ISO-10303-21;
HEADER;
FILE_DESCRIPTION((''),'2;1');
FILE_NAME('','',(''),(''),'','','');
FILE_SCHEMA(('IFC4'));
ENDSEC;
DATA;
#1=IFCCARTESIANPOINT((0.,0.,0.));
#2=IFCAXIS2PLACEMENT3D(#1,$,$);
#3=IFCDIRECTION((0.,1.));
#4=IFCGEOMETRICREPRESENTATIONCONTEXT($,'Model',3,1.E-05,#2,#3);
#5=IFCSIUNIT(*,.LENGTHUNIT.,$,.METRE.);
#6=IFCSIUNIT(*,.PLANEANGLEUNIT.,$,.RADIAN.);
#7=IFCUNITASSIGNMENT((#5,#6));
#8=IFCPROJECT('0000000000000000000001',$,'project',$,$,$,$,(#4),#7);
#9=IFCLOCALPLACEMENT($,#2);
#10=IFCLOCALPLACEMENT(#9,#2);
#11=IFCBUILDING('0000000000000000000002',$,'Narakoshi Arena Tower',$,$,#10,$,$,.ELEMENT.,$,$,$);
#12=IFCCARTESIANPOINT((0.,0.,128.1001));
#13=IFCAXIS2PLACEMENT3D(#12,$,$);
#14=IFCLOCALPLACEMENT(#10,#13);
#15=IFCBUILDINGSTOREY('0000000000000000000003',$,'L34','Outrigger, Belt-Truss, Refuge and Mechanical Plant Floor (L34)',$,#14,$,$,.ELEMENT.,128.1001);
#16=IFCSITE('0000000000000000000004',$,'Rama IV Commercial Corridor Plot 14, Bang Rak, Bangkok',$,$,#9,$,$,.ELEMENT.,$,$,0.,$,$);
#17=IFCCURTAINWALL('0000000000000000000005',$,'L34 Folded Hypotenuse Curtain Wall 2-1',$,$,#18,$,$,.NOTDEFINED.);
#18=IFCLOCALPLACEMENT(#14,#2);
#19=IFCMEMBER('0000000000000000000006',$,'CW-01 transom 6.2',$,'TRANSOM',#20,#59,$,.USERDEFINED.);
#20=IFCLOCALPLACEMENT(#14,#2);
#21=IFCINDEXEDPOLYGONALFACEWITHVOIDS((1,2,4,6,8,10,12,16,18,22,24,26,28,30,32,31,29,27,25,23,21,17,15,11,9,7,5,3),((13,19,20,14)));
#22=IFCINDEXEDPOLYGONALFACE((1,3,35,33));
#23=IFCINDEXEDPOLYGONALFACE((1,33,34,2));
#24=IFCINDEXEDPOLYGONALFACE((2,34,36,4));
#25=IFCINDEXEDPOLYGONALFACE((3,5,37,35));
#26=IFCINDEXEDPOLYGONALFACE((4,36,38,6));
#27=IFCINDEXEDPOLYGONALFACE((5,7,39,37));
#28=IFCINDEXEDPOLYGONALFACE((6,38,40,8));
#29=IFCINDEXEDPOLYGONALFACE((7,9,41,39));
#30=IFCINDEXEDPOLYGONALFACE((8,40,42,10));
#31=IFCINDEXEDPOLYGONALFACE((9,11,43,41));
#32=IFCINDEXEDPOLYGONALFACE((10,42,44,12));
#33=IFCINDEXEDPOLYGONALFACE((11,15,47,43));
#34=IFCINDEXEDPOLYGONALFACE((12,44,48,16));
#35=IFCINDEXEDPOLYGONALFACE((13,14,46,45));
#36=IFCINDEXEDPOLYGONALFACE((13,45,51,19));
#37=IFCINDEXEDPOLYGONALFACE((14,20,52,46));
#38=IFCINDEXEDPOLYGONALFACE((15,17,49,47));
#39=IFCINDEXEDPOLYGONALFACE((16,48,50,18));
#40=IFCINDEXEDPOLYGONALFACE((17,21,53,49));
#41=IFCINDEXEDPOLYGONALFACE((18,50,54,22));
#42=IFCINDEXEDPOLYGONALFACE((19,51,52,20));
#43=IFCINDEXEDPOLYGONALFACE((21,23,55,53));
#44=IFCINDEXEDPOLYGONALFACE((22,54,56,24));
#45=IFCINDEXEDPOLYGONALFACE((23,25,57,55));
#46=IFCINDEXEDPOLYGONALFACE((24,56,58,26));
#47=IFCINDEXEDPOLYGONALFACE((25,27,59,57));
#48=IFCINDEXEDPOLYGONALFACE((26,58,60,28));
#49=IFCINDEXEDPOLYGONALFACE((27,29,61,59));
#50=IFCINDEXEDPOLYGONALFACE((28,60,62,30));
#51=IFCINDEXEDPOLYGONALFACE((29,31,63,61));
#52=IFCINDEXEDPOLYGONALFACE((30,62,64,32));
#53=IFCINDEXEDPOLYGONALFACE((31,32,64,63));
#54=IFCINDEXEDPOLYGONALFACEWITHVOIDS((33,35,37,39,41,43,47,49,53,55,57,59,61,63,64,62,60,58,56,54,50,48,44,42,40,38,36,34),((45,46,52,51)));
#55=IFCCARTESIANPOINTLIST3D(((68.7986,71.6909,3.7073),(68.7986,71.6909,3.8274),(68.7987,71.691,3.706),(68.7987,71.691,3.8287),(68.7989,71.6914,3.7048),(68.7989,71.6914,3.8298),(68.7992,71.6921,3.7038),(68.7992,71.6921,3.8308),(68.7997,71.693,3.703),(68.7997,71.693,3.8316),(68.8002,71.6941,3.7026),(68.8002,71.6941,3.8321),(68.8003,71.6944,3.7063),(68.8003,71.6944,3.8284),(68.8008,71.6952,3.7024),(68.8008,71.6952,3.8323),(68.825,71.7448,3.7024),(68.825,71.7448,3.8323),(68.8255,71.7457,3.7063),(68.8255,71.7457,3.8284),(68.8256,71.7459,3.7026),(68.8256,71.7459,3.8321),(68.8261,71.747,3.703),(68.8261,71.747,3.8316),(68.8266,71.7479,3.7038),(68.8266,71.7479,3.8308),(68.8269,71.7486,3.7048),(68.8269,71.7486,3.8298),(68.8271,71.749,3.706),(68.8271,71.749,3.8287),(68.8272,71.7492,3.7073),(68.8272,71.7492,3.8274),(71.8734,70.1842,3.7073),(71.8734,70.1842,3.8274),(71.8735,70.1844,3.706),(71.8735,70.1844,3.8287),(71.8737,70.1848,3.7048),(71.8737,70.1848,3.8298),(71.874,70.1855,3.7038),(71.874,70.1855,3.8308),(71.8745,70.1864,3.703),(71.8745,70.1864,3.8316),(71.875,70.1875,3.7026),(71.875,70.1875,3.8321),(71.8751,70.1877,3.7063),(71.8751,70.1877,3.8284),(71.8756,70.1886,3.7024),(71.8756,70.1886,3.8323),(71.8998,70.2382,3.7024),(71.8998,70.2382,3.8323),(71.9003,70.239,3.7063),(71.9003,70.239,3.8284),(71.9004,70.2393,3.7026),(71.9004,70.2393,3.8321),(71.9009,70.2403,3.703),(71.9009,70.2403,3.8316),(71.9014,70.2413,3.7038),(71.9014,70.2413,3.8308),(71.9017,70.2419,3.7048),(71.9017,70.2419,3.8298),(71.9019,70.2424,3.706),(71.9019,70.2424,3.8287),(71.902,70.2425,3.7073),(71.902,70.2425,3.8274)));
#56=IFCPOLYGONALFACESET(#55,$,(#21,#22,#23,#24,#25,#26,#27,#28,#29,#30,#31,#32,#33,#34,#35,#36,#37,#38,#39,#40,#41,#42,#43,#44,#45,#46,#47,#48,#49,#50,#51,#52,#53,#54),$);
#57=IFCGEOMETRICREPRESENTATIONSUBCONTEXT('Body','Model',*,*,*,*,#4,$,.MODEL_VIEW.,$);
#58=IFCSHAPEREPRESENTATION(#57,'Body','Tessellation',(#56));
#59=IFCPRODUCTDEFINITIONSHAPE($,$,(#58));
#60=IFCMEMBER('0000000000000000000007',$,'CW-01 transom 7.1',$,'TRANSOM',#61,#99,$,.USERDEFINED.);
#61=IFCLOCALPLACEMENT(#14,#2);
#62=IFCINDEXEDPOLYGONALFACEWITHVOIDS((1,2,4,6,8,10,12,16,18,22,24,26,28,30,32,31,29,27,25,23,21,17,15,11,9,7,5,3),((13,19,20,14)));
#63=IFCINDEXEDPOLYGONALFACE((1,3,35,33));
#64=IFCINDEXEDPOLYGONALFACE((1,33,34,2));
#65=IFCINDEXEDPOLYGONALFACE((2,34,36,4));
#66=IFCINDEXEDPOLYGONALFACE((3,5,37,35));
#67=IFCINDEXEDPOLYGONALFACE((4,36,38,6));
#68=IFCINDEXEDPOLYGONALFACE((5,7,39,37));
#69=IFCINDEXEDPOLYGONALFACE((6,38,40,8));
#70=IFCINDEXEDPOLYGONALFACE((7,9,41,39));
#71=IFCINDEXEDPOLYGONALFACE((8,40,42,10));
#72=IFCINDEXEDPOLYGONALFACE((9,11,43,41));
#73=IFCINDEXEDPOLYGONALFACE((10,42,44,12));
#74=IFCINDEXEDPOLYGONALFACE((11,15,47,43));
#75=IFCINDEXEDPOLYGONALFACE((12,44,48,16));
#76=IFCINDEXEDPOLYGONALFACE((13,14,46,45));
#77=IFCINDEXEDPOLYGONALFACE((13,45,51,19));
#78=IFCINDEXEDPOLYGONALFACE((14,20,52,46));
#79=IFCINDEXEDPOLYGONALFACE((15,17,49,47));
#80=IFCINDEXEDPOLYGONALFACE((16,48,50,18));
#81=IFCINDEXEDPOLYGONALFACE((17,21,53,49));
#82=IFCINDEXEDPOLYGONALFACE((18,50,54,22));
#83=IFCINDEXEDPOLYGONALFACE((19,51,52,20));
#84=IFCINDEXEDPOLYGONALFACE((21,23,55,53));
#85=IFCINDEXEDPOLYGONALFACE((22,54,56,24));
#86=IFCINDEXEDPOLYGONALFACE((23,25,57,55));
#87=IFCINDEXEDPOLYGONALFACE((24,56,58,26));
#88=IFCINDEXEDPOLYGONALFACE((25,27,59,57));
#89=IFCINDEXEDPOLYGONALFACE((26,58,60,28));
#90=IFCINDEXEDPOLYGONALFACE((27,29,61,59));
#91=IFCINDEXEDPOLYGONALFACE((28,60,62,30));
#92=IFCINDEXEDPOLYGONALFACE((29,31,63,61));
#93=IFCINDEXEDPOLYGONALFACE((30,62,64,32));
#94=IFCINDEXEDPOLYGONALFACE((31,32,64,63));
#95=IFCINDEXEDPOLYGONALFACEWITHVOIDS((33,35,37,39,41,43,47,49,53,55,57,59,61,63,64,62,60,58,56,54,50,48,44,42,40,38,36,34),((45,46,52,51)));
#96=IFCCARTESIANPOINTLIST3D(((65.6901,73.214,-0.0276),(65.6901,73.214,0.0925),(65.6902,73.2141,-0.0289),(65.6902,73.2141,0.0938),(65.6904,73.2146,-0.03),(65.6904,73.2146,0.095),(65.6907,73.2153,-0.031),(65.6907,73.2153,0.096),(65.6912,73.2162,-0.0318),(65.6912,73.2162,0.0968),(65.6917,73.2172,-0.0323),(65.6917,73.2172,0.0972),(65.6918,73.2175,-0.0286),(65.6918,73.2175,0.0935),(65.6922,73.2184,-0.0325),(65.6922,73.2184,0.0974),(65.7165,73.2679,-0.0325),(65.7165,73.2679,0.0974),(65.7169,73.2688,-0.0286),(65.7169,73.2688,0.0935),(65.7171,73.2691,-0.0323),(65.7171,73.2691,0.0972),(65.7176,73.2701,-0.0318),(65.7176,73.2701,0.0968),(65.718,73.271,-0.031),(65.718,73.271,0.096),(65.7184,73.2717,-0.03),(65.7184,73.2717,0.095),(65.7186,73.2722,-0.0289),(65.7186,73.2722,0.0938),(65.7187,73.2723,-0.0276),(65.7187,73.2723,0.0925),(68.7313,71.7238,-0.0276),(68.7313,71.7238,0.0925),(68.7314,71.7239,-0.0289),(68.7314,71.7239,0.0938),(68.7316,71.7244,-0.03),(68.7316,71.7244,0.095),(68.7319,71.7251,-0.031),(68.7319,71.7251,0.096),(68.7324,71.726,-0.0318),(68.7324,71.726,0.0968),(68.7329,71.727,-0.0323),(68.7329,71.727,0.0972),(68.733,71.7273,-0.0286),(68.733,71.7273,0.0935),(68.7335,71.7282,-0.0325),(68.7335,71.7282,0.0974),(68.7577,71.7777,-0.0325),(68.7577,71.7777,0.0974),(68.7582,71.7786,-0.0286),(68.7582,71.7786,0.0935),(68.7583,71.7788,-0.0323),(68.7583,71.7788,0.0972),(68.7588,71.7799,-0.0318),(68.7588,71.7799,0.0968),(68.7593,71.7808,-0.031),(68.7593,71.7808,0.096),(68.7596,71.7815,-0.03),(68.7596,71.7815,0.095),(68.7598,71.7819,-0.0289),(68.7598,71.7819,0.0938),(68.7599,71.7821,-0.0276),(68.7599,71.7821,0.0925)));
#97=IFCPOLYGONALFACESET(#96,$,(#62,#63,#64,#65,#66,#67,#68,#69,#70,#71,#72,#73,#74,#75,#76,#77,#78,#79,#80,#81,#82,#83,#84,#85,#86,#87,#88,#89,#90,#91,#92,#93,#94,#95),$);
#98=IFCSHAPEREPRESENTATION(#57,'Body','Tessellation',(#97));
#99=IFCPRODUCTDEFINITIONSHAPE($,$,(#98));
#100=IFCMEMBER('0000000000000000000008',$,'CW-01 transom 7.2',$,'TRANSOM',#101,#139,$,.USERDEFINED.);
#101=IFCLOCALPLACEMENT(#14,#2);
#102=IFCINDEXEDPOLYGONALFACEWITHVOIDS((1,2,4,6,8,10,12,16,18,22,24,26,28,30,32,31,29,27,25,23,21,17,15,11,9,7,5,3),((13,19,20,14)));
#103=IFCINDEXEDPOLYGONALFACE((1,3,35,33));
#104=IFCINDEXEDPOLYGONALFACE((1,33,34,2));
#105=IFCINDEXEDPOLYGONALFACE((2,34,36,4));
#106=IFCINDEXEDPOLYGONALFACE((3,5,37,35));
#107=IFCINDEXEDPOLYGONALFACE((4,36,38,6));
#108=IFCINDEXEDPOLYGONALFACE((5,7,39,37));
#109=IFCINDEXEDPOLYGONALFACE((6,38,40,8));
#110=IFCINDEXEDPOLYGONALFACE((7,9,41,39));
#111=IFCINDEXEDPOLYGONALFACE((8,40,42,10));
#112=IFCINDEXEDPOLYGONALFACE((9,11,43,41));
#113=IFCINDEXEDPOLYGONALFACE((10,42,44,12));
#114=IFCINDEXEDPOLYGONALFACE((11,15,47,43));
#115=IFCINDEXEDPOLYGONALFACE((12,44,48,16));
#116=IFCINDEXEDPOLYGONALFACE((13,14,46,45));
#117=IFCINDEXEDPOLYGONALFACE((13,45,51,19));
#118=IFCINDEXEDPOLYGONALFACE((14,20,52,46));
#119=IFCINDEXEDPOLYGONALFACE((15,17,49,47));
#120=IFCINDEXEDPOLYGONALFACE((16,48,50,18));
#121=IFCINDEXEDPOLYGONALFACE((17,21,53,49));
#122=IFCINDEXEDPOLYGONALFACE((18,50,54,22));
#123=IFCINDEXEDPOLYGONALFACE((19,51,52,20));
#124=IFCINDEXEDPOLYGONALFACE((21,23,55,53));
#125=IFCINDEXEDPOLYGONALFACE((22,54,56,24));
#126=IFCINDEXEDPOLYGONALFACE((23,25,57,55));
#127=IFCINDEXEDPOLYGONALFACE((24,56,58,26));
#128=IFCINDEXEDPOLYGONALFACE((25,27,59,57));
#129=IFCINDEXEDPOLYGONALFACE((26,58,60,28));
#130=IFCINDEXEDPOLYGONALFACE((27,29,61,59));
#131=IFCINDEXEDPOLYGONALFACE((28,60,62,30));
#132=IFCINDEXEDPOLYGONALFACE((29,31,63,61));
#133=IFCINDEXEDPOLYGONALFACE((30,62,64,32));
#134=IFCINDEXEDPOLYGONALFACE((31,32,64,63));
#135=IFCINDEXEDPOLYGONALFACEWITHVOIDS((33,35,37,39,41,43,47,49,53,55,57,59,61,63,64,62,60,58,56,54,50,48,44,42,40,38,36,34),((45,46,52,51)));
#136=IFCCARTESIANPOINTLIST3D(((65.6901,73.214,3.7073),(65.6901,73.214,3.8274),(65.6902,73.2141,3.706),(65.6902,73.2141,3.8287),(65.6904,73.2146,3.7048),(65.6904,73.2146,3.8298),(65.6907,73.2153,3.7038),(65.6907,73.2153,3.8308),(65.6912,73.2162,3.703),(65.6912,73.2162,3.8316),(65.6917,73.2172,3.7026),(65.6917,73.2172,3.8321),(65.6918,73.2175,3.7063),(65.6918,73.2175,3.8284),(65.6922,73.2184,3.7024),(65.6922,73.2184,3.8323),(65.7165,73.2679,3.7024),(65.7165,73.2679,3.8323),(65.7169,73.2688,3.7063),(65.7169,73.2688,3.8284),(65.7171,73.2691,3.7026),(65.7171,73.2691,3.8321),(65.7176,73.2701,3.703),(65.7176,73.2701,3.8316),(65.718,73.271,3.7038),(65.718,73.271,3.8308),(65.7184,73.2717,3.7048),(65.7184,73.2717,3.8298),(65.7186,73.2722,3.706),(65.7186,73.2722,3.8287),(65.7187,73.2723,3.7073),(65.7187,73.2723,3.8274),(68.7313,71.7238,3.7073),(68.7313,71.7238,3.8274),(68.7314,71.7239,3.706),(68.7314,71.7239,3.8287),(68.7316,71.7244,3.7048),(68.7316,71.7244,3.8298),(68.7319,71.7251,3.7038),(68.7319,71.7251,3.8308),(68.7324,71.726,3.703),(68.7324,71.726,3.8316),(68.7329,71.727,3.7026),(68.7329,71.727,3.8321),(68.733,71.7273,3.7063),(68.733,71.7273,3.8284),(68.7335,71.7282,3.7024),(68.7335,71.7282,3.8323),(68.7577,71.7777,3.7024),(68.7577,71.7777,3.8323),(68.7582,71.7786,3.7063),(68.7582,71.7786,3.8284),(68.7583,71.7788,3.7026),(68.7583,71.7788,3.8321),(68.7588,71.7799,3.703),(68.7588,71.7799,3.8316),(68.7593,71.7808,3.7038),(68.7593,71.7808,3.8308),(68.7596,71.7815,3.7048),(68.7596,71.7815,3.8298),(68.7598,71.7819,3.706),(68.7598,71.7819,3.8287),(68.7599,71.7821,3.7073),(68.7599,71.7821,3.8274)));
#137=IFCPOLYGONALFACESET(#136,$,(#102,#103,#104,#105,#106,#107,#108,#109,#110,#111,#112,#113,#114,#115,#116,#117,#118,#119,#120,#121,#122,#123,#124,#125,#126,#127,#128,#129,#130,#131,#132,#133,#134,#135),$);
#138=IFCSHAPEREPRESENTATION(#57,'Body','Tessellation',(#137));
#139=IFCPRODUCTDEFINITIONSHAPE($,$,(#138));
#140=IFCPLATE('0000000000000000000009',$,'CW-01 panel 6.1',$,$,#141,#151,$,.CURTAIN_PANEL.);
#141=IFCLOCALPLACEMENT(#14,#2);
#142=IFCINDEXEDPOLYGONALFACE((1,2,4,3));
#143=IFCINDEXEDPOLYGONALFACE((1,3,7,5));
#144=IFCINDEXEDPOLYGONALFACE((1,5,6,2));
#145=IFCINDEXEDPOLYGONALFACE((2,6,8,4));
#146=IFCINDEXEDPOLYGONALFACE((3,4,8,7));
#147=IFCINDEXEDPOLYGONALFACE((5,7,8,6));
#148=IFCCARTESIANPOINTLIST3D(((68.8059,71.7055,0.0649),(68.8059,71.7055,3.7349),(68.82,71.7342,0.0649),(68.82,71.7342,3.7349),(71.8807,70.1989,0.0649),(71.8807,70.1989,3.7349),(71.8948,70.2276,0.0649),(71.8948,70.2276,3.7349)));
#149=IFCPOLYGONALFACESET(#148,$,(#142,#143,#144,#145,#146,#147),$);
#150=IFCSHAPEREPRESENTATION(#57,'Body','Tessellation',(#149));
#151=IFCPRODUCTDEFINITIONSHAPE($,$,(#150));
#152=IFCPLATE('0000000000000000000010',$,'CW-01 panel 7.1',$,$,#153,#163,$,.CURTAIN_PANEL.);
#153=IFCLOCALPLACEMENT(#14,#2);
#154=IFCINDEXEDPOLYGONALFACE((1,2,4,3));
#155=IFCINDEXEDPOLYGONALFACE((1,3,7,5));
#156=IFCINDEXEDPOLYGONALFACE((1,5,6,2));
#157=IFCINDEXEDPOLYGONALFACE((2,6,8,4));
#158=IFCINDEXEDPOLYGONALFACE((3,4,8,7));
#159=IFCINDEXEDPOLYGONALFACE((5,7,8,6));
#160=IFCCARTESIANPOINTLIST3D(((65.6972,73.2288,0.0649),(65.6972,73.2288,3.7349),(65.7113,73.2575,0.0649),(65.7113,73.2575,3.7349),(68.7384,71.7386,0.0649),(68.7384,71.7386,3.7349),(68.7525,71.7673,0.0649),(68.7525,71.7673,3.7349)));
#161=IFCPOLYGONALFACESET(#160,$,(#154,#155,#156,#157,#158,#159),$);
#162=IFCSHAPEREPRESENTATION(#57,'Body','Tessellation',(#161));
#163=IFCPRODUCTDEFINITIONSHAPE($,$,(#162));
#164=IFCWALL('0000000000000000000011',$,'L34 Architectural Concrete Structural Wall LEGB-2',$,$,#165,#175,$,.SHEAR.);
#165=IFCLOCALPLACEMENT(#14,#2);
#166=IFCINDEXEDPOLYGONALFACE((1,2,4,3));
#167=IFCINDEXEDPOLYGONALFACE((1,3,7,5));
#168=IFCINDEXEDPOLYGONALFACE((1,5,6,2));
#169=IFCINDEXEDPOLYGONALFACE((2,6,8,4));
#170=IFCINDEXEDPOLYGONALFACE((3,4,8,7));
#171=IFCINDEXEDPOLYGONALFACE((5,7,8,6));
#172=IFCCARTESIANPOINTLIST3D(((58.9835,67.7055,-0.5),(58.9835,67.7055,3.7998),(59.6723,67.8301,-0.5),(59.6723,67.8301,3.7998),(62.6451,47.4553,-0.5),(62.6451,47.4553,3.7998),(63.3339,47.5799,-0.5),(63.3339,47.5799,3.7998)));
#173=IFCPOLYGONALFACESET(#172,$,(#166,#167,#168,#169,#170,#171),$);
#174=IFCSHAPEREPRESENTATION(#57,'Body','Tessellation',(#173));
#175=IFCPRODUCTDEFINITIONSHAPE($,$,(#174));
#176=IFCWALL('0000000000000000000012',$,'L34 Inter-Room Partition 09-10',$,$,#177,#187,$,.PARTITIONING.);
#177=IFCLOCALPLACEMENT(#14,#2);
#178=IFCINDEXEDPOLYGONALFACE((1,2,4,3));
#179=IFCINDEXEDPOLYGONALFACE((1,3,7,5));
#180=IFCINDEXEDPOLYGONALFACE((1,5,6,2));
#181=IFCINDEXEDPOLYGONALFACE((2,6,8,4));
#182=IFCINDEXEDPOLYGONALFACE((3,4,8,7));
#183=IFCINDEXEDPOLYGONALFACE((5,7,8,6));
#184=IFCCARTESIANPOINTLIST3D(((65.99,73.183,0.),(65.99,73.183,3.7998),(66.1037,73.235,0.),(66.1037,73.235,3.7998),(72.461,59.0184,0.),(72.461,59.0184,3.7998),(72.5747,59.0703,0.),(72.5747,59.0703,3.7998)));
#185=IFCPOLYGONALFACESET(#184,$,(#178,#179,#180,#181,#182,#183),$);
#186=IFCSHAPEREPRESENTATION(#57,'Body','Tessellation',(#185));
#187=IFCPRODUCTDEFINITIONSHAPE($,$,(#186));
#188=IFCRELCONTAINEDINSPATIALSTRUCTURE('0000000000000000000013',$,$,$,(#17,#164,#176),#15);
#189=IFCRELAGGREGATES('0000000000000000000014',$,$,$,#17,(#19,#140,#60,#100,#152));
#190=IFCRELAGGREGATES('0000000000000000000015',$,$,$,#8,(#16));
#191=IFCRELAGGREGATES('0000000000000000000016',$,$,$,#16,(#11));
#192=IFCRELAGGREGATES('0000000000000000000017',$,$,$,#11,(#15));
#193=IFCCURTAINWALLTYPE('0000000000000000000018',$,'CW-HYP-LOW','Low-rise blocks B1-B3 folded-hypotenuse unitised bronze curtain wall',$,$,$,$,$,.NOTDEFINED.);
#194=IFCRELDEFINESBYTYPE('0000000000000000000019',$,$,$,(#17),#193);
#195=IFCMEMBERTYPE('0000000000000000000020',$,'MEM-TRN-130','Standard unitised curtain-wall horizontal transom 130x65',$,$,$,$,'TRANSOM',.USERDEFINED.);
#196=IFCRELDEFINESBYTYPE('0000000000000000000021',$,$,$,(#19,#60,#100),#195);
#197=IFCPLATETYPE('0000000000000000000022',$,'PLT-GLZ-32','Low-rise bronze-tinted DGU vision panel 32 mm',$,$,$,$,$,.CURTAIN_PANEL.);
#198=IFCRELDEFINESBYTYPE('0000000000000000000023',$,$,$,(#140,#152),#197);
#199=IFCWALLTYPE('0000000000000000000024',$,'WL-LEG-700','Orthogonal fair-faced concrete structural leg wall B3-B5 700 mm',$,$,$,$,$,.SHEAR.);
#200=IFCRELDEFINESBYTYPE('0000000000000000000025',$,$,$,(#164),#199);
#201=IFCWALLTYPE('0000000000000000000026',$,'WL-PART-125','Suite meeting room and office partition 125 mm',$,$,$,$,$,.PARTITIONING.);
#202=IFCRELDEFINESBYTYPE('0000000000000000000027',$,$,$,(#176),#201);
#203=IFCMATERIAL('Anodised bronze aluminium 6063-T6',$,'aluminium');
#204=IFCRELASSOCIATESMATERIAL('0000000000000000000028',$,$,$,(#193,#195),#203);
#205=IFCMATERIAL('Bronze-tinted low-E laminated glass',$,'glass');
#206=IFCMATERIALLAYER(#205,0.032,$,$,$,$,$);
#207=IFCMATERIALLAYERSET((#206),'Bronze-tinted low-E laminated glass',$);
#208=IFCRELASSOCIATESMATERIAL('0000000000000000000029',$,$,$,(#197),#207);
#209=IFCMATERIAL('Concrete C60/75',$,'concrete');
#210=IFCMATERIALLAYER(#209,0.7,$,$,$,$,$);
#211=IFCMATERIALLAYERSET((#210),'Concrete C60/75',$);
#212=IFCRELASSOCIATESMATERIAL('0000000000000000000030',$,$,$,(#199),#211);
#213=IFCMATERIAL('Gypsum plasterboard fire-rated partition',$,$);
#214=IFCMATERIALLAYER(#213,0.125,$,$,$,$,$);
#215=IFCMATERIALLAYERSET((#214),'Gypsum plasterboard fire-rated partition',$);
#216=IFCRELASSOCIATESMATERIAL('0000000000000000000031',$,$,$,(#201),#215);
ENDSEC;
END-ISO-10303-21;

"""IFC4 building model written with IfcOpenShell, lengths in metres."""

from ifc_helpers import new_model, si_unit, direction, frame, frame_2d, origin, origin_2d, place, context, subcontext, project, spatial, rectangle, hollow_rectangle, extrude, material, layer, layer_set, material_profile, profile_set, type_object, element, aggregate, save


model = new_model("IFC4")

# Units and contexts
model_context = context("Model", 3, precision=1e-05, world=origin(), true_north=direction((0.0, 1.0)))
body_context = subcontext(model_context, "Body", "Model", "MODEL_VIEW")
ifc_project = project(units=[si_unit("LENGTHUNIT", "METRE"), si_unit("PLANEANGLEUNIT", "RADIAN")], contexts=[model_context])

# Site, building, storey
site_placement = place(None, origin())
site = spatial("IfcSite", under=ifc_project, at=site_placement, Name="Rama IV Commercial Corridor Plot 14, Bang Rak, Bangkok", CompositionType="ELEMENT", RefElevation=0.0)
building_placement = place(site_placement, origin())
building = spatial("IfcBuilding", under=site, at=building_placement, Name="Narakoshi Arena Tower", CompositionType="ELEMENT")
storey_placement = place(building_placement, frame((0.0, 0.0, 128.1001)))
storey = spatial("IfcBuildingStorey", under=building, at=storey_placement, Name="L34", Description="Outrigger, Belt-Truss, Refuge and Mechanical Plant Floor (L34)", CompositionType="ELEMENT", Elevation=128.1001)

# Curtain wall, members, plates
ifc_material_1 = material(Name="Anodised bronze aluminium 6063-T6", Category="aluminium")
curtain_wall_type = type_object("IfcCurtainWallType", Name="CW-HYP-LOW", Description="Low-rise blocks B1-B3 folded-hypotenuse unitised bronze curtain wall", PredefinedType="NOTDEFINED", material=ifc_material_1)
curtain_wall_placement = place(storey_placement, origin())
curtain_wall = element("IfcCurtainWall", 1, at=curtain_wall_placement, inside=storey, type_object=curtain_wall_type, Name="L34 Folded Hypotenuse Curtain Wall 2-1", PredefinedType="NOTDEFINED")
ifc_material_profile_1 = material_profile(ifc_material_1, hollow_rectangle(XDim=0.0649, YDim=0.1299, WallThickness=0.0039, OuterFilletRadius=0.0049, at=origin_2d()), Name="TRN130x65x4")
ifc_profile_set_1 = profile_set([ifc_material_profile_1], Name="Anodised bronze aluminium 6063-T6")
member_type_1 = type_object("IfcMemberType", Name="MEM-TRN-130", Description="Standard unitised curtain-wall horizontal transom 130x65", ElementType="TRANSOM", PredefinedType="USERDEFINED", material=ifc_profile_set_1)
member_1_placement = place(storey_placement, frame((71.8877, 70.2134, 3.7673), z_axis=(-0.897992, 0.440012, 0.0), x_axis=(-0.440012, -0.897992, 0.0)))
member_1 = element("IfcMember", 2, at=member_1_placement, type_object=member_type_1, Name="CW-01 transom 6.2", ObjectType="TRANSOM", PredefinedType="USERDEFINED", context=body_context, shape_type="SweptSolid", body=[
    extrude(hollow_rectangle(XDim=0.0649, YDim=0.1299, WallThickness=0.0039, OuterFilletRadius=0.0049, at=origin_2d()), origin(), (0.0, 0.0, 1.0), 3.4241),
])
member_2_placement = place(storey_placement, frame((68.7456, 71.7529, 0.0325), z_axis=(-0.897988, 0.440019, 0.0), x_axis=(-0.440019, -0.897988, 0.0)))
member_2 = element("IfcMember", 3, at=member_2_placement, type_object=member_type_1, Name="CW-01 transom 7.1", ObjectType="TRANSOM", PredefinedType="USERDEFINED", context=body_context, shape_type="SweptSolid", body=[
    extrude(hollow_rectangle(XDim=0.0649, YDim=0.1299, WallThickness=0.0039, OuterFilletRadius=0.0049, at=origin_2d()), origin(), (0.0, 0.0, 1.0), 3.3867),
])
member_3_placement = place(storey_placement, frame((68.7456, 71.7529, 3.7673), z_axis=(-0.897988, 0.440019, 0.0), x_axis=(-0.440019, -0.897988, 0.0)))
member_3 = element("IfcMember", 4, at=member_3_placement, type_object=member_type_1, Name="CW-01 transom 7.2", ObjectType="TRANSOM", PredefinedType="USERDEFINED", context=body_context, shape_type="SweptSolid", body=[
    extrude(hollow_rectangle(XDim=0.0649, YDim=0.1299, WallThickness=0.0039, OuterFilletRadius=0.0049, at=origin_2d()), origin(), (0.0, 0.0, 1.0), 3.3867),
])
ifc_material_2 = material(Name="Bronze-tinted low-E laminated glass", Category="glass")
ifc_layer_1 = layer(ifc_material_2, 0.032)
ifc_layer_set_1 = layer_set([ifc_layer_1], Name="Bronze-tinted low-E laminated glass")
plate_type = type_object("IfcPlateType", Name="PLT-GLZ-32", Description="Low-rise bronze-tinted DGU vision panel 32 mm", PredefinedType="CURTAIN_PANEL", material=ifc_layer_set_1)
plate_1_placement = place(storey_placement, frame((70.3503, 70.9666, 0.0649), z_axis=(0.0, 0.0, 1.0), x_axis=(-0.897996, 0.440004, 0.0)))
plate_1 = element("IfcPlate", 5, at=plate_1_placement, type_object=plate_type, Name="CW-01 panel 6.1", PredefinedType="CURTAIN_PANEL", context=body_context, shape_type="SweptSolid", body=[
    extrude(rectangle(XDim=3.4241, YDim=0.032, at=origin_2d()), origin(), (0.0, 0.0, 1.0), 3.6699),
])
plate_2_placement = place(storey_placement, frame((67.2249, 72.498, 0.0649), z_axis=(0.0, 0.0, 1.0), x_axis=(-0.897996, 0.440004, 0.0)))
plate_2 = element("IfcPlate", 6, at=plate_2_placement, type_object=plate_type, Name="CW-01 panel 7.1", PredefinedType="CURTAIN_PANEL", context=body_context, shape_type="SweptSolid", body=[
    extrude(rectangle(XDim=3.3867, YDim=0.032, at=origin_2d()), origin(), (0.0, 0.0, 1.0), 3.6699),
])
aggregate(curtain_wall, [member_1, plate_1, member_2, member_3, plate_2])

# Walls
ifc_material_3 = material(Name="Concrete C60/75", Category="concrete")
ifc_layer_2 = layer(ifc_material_3, 0.7)
ifc_layer_set_2 = layer_set([ifc_layer_2], Name="Concrete C60/75")
wall_type_1 = type_object("IfcWallType", Name="WL-LEG-700", Description="Orthogonal fair-faced concrete structural leg wall B3-B5 700 mm", PredefinedType="SHEAR", material=ifc_layer_set_2)
wall_1_placement = place(storey_placement, frame((59.3279, 67.7678, -0.5), z_axis=(0.0, 0.0, 1.0), x_axis=(0.177933, -0.984043, 0.0)))
element("IfcWall", 7, at=wall_1_placement, inside=storey, type_object=wall_type_1, Name="L34 Architectural Concrete Structural Wall LEGB-2", PredefinedType="SHEAR", context=body_context, shape_type="SweptSolid", body=[
    extrude(rectangle(XDim=20.5786, YDim=0.7, at=frame_2d((10.2893, 0.0))), origin(), (0.0, 0.0, 1.0), 4.2998),
])
ifc_material_4 = material(Name="Gypsum plasterboard fire-rated partition")
ifc_layer_3 = layer(ifc_material_4, 0.125)
ifc_layer_set_3 = layer_set([ifc_layer_3], Name="Gypsum plasterboard fire-rated partition")
wall_type_2 = type_object("IfcWallType", Name="WL-PART-125", Description="Suite meeting room and office partition 125 mm", PredefinedType="PARTITIONING", material=ifc_layer_set_3)
wall_2_placement = place(storey_placement, frame((66.0469, 73.209, 0.0), z_axis=(0.0, 0.0, 1.0), x_axis=(0.415533, -0.909578, 0.0)))
element("IfcWall", 8, at=wall_2_placement, inside=storey, type_object=wall_type_2, Name="L34 Inter-Room Partition 09-10", PredefinedType="PARTITIONING", context=body_context, shape_type="SweptSolid", body=[
    extrude(rectangle(XDim=15.5728, YDim=0.125, at=frame_2d((7.7864, 0.0))), origin(), (0.0, 0.0, 1.0), 3.7998),
])

save(model, "model.ifc")
